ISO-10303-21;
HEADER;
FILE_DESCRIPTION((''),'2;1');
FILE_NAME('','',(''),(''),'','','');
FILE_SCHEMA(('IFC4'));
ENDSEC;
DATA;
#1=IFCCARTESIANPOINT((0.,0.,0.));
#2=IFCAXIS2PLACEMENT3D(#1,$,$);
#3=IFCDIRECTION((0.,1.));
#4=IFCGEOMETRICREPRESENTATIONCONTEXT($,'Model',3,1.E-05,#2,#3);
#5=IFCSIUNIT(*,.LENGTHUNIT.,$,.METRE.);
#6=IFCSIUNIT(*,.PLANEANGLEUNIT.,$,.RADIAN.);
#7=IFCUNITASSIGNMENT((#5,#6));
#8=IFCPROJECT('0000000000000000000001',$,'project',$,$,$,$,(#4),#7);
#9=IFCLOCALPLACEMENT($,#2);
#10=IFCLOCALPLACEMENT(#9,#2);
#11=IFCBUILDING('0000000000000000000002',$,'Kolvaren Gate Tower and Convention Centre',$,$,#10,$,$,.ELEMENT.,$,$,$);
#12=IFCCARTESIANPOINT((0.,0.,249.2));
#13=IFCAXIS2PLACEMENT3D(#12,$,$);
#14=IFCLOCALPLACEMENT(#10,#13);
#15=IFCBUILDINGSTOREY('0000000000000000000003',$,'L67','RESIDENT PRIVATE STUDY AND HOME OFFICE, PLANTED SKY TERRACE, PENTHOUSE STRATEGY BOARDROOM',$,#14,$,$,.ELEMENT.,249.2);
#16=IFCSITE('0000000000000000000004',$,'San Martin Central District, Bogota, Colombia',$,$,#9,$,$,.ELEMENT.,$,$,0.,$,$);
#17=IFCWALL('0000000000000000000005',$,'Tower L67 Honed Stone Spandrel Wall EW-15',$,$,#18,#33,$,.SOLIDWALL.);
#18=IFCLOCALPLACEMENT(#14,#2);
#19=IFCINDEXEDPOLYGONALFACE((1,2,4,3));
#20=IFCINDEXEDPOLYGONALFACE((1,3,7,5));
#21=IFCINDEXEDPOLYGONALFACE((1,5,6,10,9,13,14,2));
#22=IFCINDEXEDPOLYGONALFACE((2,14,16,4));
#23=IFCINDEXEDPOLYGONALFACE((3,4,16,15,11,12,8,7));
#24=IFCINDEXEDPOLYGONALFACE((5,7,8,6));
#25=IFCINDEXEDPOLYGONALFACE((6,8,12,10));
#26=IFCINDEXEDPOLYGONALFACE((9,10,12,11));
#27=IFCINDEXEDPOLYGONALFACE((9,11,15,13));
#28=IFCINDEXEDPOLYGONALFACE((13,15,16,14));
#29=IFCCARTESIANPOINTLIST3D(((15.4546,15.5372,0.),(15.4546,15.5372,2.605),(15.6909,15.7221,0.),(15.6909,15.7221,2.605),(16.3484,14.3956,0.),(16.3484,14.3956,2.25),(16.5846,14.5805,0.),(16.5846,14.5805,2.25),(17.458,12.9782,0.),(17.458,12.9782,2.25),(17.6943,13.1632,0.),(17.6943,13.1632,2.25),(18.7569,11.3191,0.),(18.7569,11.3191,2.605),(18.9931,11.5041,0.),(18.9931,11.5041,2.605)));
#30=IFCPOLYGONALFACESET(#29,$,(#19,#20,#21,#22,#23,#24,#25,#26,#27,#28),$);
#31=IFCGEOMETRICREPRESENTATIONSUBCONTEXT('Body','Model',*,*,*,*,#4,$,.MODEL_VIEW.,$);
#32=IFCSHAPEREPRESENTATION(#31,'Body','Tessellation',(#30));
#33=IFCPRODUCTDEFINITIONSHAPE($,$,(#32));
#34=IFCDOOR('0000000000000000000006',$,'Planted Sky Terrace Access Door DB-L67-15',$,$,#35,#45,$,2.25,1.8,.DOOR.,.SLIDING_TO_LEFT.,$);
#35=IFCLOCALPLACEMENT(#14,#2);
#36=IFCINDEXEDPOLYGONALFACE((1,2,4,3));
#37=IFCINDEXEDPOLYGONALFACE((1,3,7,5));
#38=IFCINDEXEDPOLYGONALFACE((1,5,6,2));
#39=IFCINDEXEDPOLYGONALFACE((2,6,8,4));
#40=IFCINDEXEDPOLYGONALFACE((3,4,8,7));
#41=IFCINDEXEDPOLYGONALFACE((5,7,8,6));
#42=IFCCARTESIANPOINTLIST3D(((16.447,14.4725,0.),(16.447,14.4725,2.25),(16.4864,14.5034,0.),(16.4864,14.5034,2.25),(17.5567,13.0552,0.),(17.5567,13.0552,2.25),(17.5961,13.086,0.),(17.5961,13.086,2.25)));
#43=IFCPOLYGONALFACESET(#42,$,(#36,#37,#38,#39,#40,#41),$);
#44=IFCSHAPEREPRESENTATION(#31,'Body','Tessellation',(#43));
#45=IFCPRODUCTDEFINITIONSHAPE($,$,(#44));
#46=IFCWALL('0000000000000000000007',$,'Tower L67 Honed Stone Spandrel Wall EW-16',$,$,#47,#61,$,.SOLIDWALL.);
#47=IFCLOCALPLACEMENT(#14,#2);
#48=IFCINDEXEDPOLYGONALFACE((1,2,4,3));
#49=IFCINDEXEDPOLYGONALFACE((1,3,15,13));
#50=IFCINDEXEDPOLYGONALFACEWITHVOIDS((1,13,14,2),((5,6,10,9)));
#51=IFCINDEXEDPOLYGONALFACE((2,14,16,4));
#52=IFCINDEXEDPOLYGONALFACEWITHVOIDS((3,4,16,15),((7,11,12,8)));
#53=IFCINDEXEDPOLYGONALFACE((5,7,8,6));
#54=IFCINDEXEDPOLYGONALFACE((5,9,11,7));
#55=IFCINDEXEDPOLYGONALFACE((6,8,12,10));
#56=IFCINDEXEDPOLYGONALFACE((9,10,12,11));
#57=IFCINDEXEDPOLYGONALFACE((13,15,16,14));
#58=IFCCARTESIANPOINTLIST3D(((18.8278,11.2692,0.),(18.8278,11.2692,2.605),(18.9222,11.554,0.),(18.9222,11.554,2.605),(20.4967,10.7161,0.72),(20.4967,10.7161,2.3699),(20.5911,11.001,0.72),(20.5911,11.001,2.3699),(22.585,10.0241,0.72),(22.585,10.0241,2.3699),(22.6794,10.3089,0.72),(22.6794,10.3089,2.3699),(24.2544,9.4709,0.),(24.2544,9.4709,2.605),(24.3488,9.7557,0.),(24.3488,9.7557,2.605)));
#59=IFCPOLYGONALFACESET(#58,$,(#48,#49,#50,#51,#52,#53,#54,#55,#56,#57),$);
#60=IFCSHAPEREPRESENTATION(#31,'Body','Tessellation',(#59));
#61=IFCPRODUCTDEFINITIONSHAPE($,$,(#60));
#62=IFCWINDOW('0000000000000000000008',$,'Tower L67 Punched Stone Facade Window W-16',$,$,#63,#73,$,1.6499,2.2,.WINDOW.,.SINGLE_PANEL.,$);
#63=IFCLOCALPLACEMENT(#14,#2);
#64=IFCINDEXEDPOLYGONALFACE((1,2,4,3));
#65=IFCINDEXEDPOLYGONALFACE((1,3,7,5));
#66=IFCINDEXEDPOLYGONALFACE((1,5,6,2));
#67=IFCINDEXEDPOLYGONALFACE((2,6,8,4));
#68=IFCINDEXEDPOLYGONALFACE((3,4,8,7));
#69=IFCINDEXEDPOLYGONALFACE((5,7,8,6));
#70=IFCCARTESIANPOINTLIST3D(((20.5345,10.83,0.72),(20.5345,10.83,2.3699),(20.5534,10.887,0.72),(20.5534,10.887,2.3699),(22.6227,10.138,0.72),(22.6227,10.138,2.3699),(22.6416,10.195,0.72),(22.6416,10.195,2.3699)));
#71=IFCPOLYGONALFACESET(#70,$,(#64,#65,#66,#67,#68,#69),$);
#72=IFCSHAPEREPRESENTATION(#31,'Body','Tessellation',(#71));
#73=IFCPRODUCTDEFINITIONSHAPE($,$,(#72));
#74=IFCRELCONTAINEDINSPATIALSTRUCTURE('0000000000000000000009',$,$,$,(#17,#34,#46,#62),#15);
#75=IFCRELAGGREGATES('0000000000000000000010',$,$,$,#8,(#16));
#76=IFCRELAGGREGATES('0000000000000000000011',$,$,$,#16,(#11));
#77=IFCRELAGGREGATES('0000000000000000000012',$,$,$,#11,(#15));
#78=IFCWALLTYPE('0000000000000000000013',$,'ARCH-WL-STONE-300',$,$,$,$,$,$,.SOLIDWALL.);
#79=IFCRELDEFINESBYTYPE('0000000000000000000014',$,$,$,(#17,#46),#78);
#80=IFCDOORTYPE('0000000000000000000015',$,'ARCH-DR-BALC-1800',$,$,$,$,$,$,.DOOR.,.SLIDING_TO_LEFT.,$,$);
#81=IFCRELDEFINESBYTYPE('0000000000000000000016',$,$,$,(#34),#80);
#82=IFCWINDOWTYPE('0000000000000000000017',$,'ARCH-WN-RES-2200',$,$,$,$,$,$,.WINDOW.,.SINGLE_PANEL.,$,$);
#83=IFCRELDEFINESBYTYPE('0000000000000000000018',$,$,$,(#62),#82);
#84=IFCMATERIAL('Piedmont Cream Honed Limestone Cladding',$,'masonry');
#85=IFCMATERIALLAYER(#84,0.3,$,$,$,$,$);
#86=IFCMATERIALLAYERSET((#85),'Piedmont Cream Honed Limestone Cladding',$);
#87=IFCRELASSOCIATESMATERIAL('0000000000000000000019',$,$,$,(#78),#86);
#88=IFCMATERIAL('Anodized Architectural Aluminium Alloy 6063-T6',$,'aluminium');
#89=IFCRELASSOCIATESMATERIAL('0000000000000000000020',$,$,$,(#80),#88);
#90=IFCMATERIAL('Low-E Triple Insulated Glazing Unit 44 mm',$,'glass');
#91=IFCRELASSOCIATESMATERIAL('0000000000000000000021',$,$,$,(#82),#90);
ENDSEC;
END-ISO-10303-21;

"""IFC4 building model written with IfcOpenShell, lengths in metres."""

from ifc_helpers import new_model, si_unit, direction, frame, frame_2d, origin, place, context, subcontext, project, spatial, rectangle, extrude, material, layer, layer_set, type_object, element, fill, save


model = new_model("IFC4")

# Units and contexts
model_context = context("Model", 3, precision=1e-05, world=origin(), true_north=direction((0.0, 1.0)))
body_context = subcontext(model_context, "Body", "Model", "MODEL_VIEW")
ifc_project = project(units=[si_unit("LENGTHUNIT", "METRE"), si_unit("PLANEANGLEUNIT", "RADIAN")], contexts=[model_context])

# Site, building, storey
site_placement = place(None, origin())
site = spatial("IfcSite", under=ifc_project, at=site_placement, Name="San Martin Central District, Bogota, Colombia", CompositionType="ELEMENT", RefElevation=0.0)
building_placement = place(site_placement, origin())
building = spatial("IfcBuilding", under=site, at=building_placement, Name="Kolvaren Gate Tower and Convention Centre", CompositionType="ELEMENT")
storey_placement = place(building_placement, frame((0.0, 0.0, 249.2)))
storey = spatial("IfcBuildingStorey", under=building, at=storey_placement, Name="L67", Description="RESIDENT PRIVATE STUDY AND HOME OFFICE, PLANTED SKY TERRACE, PENTHOUSE STRATEGY BOARDROOM", CompositionType="ELEMENT", Elevation=249.2)

# Shared definitions
ifc_material_1 = material(Name="Piedmont Cream Honed Limestone Cladding", Category="masonry")

# Wall, opening, door
ifc_layer_1 = layer(ifc_material_1, 0.3)
ifc_layer_set_1 = layer_set([ifc_layer_1], Name="Piedmont Cream Honed Limestone Cladding")
wall_type_1 = type_object("IfcWallType", Name="ARCH-WL-STONE-300", PredefinedType="SOLIDWALL", material=ifc_layer_set_1)
wall_1_placement = place(storey_placement, frame((15.5728, 15.6296, 0.0), z_axis=(0.0, 0.0, 1.0), x_axis=(0.616446, -0.787397, 0.0)))
wall_1 = element("IfcWall", 1, at=wall_1_placement, inside=storey, type_object=wall_type_1, Name="Tower L67 Honed Stone Spandrel Wall EW-15", PredefinedType="SOLIDWALL", context=body_context, shape_type="SweptSolid", body=[
    extrude(rectangle(XDim=5.3569, YDim=0.3, at=frame_2d((2.6785, 0.0))), origin(), (0.0, 0.0, 1.0), 2.605),
])
opening_1_placement = place(wall_1_placement, frame((1.45, 0.0, 0.0)))
opening_1 = element("IfcOpeningElement", 2, at=opening_1_placement, cuts=wall_1, PredefinedType="OPENING", context=body_context, shape_type="SweptSolid", body=[
    extrude(rectangle(XDim=1.8, YDim=2.25, at=frame_2d((0.8999, 1.125))), frame((0.0, 0.1599, 0.0), z_axis=(0.0, -1.0, 0.0), x_axis=(1.0, 0.0, 0.0)), (0.0, 0.0, 1.0), 0.3201),
])
ifc_material_2 = material(Name="Anodized Architectural Aluminium Alloy 6063-T6", Category="aluminium")
door_type = type_object("IfcDoorType", Name="ARCH-DR-BALC-1800", OperationType="SLIDING_TO_LEFT", PredefinedType="DOOR", material=ifc_material_2)
door_placement = place(opening_1_placement, frame((1.8, 0.0, 0.0), z_axis=(0.0, 0.0, 1.0), x_axis=(-1.0, 0.0, 0.0)))
door = element("IfcDoor", 3, at=door_placement, inside=storey, type_object=door_type, Name="Planted Sky Terrace Access Door DB-L67-15", OperationType="SLIDING_TO_LEFT", OverallHeight=2.25, OverallWidth=1.8, PredefinedType="DOOR", context=body_context, shape_type="SweptSolid", body=[
    extrude(rectangle(XDim=1.8, YDim=2.25, at=frame_2d((0.8999, 1.125))), frame((0.0, 0.0249, 0.0), z_axis=(0.0, -1.0, 0.0), x_axis=(1.0, 0.0, 0.0)), (0.0, 0.0, 1.0), 0.05),
])
fill(opening_1, door)

# Wall, opening, window
wall_2_placement = place(storey_placement, frame((18.875, 11.4116, 0.0), z_axis=(0.0, 0.0, 1.0), x_axis=(0.949233, -0.314575, 0.0)))
wall_2 = element("IfcWall", 4, at=wall_2_placement, inside=storey, type_object=wall_type_1, Name="Tower L67 Honed Stone Spandrel Wall EW-16", PredefinedType="SOLIDWALL", context=body_context, shape_type="SweptSolid", body=[
    extrude(rectangle(XDim=5.7168, YDim=0.3, at=frame_2d((2.8584, 0.0))), origin(), (0.0, 0.0, 1.0), 2.605),
])
opening_2_placement = place(wall_2_placement, frame((1.7581, 0.0, 0.72)))
opening_2 = element("IfcOpeningElement", 5, at=opening_2_placement, cuts=wall_2, PredefinedType="OPENING", context=body_context, shape_type="SweptSolid", body=[
    extrude(rectangle(XDim=2.2, YDim=1.6499, at=frame_2d((1.1001, 0.825))), frame((0.0, 0.1599, 0.0), z_axis=(0.0, -1.0, 0.0), x_axis=(1.0, 0.0, 0.0)), (0.0, 0.0, 1.0), 0.3201),
])
ifc_material_3 = material(Name="Low-E Triple Insulated Glazing Unit 44 mm", Category="glass")
window_type = type_object("IfcWindowType", Name="ARCH-WN-RES-2200", PartitioningType="SINGLE_PANEL", PredefinedType="WINDOW", material=ifc_material_3)
window_placement = place(opening_2_placement, origin())
window = element("IfcWindow", 6, at=window_placement, inside=storey, type_object=window_type, Name="Tower L67 Punched Stone Facade Window W-16", OverallHeight=1.6499, OverallWidth=2.2, PartitioningType="SINGLE_PANEL", PredefinedType="WINDOW", context=body_context, shape_type="SweptSolid", body=[
    extrude(rectangle(XDim=2.2, YDim=1.6499, at=frame_2d((1.1001, 0.825))), frame((0.0, 0.03, 0.0), z_axis=(0.0, -1.0, 0.0), x_axis=(1.0, 0.0, 0.0)), (0.0, 0.0, 1.0), 0.0601),
])
fill(opening_2, window)

save(model, "model.ifc")
